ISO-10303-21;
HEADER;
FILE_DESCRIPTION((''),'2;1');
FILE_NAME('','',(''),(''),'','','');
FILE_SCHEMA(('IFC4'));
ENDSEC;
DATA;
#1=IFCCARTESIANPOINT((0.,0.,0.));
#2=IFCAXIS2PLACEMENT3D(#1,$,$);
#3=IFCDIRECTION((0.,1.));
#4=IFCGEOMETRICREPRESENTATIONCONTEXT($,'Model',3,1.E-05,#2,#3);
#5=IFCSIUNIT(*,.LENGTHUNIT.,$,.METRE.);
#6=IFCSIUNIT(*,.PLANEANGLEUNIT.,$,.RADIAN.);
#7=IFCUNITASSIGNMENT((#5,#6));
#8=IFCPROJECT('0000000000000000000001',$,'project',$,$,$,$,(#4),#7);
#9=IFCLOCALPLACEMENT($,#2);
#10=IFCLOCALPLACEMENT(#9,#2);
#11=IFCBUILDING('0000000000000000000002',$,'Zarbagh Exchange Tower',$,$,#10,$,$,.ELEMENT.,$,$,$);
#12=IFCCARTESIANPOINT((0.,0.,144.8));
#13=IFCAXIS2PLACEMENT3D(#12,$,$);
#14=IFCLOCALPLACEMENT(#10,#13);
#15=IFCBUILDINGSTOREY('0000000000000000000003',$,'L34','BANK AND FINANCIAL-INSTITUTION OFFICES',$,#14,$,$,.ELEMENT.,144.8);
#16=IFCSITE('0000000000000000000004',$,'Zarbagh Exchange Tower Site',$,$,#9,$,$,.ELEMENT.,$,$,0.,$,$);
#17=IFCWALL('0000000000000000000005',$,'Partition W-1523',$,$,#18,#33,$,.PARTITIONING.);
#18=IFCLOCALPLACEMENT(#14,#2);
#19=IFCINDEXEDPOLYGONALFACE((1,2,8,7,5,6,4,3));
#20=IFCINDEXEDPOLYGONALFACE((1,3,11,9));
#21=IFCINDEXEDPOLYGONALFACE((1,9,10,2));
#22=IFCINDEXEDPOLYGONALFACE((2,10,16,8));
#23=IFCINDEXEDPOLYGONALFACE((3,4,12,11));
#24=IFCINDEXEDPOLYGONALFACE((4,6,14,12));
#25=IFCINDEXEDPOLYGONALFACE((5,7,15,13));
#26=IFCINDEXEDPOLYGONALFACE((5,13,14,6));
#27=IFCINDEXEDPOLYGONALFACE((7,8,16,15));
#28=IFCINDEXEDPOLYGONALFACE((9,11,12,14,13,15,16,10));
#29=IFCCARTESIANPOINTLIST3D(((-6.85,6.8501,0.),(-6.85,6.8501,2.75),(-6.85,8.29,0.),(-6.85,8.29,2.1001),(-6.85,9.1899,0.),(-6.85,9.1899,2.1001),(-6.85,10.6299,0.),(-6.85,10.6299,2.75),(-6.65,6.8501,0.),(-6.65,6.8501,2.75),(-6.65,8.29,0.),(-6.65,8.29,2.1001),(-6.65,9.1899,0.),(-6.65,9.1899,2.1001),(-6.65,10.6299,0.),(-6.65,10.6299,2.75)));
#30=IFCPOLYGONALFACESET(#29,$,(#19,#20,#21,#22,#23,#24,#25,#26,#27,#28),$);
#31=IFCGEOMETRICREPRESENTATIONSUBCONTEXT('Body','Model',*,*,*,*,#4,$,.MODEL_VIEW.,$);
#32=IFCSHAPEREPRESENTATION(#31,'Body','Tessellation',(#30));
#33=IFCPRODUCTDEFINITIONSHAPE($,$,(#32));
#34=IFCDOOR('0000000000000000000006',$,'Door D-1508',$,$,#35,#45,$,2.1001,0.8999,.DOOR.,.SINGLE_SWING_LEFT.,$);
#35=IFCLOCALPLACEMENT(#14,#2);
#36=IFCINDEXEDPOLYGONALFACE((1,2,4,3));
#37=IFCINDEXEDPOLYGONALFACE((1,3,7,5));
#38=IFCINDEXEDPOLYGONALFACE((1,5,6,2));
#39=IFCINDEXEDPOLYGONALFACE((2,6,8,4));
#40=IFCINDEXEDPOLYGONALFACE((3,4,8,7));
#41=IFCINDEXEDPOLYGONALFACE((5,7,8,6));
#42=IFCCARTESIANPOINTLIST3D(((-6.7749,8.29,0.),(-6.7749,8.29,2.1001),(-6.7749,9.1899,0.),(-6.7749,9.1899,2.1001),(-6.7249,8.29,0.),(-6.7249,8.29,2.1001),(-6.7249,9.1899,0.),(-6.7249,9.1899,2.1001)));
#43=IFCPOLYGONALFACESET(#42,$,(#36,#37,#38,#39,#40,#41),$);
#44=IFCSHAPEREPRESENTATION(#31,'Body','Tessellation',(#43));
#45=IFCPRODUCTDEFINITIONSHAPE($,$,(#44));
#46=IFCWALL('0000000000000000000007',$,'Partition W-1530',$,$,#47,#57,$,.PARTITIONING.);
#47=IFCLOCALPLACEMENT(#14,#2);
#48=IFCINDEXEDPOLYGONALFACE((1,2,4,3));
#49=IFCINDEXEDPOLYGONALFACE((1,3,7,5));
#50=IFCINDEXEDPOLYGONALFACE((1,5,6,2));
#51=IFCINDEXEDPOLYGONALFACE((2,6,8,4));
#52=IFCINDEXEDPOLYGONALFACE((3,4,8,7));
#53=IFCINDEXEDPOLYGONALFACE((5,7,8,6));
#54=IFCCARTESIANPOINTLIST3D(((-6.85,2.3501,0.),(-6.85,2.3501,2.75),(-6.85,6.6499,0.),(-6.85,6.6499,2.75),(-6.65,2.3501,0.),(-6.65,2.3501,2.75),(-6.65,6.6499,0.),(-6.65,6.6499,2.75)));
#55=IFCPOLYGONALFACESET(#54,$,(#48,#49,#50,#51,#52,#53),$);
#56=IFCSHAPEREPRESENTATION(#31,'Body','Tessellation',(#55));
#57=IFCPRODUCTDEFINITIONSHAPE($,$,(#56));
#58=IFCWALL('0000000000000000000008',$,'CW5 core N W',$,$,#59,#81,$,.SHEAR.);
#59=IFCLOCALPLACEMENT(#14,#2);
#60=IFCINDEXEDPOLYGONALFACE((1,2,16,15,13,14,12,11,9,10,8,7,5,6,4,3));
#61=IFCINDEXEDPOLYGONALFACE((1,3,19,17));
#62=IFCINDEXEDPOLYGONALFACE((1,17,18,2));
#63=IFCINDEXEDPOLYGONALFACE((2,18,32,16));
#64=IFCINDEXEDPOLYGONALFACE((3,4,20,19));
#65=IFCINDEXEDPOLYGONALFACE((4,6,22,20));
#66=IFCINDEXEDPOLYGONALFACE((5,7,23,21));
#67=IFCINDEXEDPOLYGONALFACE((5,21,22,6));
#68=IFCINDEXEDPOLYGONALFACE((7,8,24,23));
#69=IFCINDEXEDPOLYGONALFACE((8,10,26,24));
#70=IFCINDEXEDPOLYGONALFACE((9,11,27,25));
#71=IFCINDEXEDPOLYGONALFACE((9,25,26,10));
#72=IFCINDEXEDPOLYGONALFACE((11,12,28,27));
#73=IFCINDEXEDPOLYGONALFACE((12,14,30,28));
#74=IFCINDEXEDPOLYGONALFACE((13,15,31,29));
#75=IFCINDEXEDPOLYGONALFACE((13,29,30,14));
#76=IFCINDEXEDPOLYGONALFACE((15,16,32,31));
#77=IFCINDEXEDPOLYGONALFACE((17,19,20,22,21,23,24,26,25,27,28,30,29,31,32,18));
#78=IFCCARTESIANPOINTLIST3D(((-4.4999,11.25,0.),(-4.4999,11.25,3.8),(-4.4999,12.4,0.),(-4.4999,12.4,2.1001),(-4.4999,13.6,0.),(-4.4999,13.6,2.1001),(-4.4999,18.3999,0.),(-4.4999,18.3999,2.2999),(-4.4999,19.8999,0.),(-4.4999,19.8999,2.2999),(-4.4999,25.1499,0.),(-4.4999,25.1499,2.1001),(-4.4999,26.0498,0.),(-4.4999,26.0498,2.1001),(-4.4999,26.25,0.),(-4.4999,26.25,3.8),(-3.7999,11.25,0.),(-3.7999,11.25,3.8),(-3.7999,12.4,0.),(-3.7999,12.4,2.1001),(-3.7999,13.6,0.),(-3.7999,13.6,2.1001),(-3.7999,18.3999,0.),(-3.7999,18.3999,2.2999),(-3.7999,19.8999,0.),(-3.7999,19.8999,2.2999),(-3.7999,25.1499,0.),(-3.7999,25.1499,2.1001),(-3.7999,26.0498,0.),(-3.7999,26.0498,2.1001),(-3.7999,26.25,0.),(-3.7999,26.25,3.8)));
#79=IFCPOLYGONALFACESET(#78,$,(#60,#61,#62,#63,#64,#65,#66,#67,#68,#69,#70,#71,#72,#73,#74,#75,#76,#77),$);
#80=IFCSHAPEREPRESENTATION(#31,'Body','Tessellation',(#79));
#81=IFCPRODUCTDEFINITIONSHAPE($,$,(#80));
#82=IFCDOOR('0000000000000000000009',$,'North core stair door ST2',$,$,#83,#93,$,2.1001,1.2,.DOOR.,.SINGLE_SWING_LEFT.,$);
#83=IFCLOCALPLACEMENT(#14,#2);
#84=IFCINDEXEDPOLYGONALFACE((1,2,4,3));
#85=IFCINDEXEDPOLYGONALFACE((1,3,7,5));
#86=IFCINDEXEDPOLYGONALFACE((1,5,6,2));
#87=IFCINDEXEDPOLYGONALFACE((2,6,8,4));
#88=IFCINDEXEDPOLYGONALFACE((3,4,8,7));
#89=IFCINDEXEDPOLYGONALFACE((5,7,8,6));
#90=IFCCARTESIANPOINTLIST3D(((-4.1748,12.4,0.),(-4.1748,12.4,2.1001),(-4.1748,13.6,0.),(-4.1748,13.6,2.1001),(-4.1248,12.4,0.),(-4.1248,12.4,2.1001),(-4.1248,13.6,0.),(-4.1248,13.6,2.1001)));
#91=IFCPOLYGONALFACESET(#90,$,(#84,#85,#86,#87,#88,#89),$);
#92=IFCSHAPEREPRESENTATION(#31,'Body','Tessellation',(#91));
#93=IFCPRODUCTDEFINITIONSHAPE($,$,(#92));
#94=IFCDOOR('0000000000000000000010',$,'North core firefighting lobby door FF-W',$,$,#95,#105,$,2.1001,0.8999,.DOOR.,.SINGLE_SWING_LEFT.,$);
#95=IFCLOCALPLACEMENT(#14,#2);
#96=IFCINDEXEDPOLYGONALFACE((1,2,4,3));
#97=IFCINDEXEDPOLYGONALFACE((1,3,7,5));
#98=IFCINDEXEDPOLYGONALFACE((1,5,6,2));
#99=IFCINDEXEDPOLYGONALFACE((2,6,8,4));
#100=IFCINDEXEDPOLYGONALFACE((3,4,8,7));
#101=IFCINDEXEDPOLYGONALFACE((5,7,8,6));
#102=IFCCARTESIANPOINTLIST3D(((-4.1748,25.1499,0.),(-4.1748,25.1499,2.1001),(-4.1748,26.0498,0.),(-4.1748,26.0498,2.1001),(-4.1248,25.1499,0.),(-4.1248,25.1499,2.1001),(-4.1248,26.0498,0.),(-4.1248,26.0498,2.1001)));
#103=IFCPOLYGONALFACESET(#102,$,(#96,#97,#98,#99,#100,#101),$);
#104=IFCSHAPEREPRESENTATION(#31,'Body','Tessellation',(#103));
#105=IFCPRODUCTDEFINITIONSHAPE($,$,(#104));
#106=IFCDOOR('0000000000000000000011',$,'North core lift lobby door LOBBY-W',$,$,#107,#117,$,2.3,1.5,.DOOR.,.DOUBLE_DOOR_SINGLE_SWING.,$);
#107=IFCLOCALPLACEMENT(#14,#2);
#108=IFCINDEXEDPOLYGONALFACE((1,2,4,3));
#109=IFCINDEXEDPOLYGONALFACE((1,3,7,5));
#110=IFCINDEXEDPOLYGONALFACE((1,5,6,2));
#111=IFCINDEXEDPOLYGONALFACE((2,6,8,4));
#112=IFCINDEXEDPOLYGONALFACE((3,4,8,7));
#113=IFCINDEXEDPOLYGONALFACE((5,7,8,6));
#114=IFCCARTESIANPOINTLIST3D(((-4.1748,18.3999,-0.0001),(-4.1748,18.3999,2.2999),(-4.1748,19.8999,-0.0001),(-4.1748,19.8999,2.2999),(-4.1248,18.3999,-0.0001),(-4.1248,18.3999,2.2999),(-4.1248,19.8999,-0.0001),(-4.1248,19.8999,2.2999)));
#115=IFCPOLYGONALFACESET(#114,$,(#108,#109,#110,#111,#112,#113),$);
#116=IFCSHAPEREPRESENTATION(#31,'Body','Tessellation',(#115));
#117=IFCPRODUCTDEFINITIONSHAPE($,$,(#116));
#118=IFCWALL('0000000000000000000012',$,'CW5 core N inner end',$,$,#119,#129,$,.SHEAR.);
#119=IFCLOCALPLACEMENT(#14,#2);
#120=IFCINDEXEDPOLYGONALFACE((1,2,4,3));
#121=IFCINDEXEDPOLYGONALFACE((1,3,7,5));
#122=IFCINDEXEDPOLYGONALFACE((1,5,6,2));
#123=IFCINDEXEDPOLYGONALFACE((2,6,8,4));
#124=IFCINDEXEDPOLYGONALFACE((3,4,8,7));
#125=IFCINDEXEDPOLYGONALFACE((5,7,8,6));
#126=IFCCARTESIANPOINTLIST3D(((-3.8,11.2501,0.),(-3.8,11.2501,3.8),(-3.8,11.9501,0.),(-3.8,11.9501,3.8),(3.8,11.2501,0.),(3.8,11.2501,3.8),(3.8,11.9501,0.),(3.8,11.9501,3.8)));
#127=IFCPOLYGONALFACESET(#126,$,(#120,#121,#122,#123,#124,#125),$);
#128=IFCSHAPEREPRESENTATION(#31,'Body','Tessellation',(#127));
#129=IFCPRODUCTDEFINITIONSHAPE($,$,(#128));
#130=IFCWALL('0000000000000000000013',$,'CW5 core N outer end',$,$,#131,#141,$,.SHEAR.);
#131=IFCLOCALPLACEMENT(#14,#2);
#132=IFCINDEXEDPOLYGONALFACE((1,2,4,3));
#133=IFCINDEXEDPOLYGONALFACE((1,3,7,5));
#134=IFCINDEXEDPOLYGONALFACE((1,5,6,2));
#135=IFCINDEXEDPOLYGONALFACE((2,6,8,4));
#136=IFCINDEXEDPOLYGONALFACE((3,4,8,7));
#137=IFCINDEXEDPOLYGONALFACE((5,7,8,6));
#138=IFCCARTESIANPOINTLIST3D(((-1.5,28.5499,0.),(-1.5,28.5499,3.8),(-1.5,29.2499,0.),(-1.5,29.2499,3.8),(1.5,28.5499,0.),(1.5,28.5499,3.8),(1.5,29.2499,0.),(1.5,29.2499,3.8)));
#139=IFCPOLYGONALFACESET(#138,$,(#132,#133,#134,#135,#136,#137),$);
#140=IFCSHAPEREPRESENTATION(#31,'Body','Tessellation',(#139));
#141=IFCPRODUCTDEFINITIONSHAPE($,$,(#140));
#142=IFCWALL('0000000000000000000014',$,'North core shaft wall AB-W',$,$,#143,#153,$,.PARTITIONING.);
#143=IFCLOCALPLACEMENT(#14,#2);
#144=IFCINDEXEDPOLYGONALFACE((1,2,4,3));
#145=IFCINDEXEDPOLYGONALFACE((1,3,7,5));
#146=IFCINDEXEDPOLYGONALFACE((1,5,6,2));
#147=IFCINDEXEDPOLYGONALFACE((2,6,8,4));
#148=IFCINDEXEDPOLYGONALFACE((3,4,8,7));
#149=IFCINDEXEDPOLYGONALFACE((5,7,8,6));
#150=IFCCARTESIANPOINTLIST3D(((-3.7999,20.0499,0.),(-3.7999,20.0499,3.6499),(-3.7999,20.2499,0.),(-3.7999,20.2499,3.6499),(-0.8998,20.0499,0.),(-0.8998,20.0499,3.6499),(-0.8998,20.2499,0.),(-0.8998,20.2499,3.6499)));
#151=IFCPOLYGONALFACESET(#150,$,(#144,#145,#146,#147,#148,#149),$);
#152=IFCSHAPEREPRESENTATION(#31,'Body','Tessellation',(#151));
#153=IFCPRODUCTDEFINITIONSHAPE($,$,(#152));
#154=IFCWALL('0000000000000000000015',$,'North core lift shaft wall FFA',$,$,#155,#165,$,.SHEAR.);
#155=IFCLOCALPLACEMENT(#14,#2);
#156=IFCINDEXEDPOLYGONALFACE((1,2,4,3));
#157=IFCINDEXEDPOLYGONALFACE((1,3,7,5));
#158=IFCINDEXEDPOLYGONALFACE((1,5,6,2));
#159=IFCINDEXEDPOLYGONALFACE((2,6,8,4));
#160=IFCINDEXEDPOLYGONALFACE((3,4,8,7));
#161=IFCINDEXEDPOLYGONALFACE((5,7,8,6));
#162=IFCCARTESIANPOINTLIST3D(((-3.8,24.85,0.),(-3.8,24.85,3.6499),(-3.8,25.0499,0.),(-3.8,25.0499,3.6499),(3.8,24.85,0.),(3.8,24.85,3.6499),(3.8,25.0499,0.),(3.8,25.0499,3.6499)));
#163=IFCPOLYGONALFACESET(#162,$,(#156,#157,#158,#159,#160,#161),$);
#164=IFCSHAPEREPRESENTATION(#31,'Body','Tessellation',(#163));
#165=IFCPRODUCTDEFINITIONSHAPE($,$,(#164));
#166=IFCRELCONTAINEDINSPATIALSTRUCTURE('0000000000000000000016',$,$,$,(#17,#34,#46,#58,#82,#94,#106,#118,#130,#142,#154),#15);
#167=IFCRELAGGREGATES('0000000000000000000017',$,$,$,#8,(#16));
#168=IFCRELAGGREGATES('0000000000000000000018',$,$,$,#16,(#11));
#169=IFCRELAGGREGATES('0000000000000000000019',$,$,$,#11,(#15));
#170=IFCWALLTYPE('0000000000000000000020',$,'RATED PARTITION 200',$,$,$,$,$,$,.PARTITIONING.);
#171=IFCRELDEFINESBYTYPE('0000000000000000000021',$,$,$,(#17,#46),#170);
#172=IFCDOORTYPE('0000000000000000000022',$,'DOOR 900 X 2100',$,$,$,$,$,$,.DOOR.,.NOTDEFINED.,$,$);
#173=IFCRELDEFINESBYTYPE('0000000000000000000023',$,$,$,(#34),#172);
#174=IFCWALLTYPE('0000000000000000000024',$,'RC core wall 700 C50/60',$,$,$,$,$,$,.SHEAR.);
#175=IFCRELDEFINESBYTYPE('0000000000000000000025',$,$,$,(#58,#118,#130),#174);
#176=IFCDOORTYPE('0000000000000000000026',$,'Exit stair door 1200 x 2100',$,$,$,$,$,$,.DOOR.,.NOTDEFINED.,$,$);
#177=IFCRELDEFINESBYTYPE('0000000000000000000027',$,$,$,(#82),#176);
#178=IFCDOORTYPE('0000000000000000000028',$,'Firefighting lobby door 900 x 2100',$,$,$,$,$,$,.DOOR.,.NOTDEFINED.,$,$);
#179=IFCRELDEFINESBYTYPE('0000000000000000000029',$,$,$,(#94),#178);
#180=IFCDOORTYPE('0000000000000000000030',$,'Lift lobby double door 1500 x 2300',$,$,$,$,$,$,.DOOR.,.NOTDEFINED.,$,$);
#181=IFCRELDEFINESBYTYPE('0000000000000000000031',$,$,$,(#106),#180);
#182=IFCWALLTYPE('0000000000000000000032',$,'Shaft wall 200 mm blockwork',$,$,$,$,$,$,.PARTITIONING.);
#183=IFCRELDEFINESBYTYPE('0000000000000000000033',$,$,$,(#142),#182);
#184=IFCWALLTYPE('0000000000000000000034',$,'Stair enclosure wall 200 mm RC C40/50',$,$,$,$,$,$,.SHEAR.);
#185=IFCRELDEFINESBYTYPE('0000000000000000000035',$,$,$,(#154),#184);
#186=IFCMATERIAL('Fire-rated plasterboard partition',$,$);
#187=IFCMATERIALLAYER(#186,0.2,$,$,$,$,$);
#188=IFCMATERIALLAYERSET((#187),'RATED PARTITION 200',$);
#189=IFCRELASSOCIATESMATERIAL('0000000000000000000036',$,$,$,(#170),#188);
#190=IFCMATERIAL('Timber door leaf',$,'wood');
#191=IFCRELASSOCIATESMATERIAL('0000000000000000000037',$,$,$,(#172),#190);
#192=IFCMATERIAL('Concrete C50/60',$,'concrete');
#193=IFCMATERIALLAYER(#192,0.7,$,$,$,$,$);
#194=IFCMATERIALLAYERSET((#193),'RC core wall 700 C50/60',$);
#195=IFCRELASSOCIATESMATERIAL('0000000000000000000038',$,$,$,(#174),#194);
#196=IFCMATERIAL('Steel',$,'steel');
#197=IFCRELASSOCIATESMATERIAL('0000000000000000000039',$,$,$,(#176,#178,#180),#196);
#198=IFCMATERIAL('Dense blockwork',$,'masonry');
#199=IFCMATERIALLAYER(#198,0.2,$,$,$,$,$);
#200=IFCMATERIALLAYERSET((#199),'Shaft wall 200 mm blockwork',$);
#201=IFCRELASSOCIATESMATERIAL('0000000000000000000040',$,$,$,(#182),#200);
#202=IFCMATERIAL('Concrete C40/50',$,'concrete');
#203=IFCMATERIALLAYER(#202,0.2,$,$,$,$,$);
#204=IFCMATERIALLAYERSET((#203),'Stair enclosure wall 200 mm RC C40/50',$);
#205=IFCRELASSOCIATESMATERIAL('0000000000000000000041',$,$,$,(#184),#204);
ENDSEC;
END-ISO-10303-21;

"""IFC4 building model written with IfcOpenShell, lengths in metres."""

from ifc_helpers import new_model, si_unit, direction, frame, frame_2d, origin, place, context, subcontext, project, spatial, rectangle, extrude, material, layer, layer_set, type_object, element, fill, save


model = new_model("IFC4")

# Units and contexts
model_context = context("Model", 3, precision=1e-05, world=origin(), true_north=direction((0.0, 1.0)))
body_context = subcontext(model_context, "Body", "Model", "MODEL_VIEW")
ifc_project = project(units=[si_unit("LENGTHUNIT", "METRE"), si_unit("PLANEANGLEUNIT", "RADIAN")], contexts=[model_context])

# Site, building, storey
site_placement = place(None, origin())
site = spatial("IfcSite", under=ifc_project, at=site_placement, Name="Zarbagh Exchange Tower Site", CompositionType="ELEMENT", RefElevation=0.0)
building_placement = place(site_placement, origin())
building = spatial("IfcBuilding", under=site, at=building_placement, Name="Zarbagh Exchange Tower", CompositionType="ELEMENT")
storey_placement = place(building_placement, frame((0.0, 0.0, 144.8)))
storey = spatial("IfcBuildingStorey", under=building, at=storey_placement, Name="L34", Description="BANK AND FINANCIAL-INSTITUTION OFFICES", CompositionType="ELEMENT", Elevation=144.8)

# Shared definitions
ifc_material_1 = material(Name="Concrete C50/60", Category="concrete")

# Shared definitions
ifc_material_2 = material(Name="Fire-rated plasterboard partition")
ifc_layer_1 = layer(ifc_material_2, 0.2)
ifc_layer_set_1 = layer_set([ifc_layer_1], Name="RATED PARTITION 200")
wall_type_1 = type_object("IfcWallType", Name="RATED PARTITION 200", PredefinedType="PARTITIONING", material=ifc_layer_set_1)

# Wall, opening, door
wall_1_placement = place(storey_placement, frame((-6.75, 6.8501, 0.0), z_axis=(0.0, 0.0, 1.0), x_axis=(0.0, 1.0, 0.0)))
wall_1 = element("IfcWall", 1, at=wall_1_placement, inside=storey, type_object=wall_type_1, Name="Partition W-1523", PredefinedType="PARTITIONING", context=body_context, shape_type="SweptSolid", body=[
    extrude(rectangle(XDim=3.7798, YDim=0.2, at=frame_2d((1.8899, 0.0))), origin(), (0.0, 0.0, 1.0), 2.75),
])
opening_1_placement = place(wall_1_placement, frame((1.4399, 0.0, 0.0)))
opening_1 = element("IfcOpeningElement", 2, at=opening_1_placement, cuts=wall_1, PredefinedType="OPENING", context=body_context, shape_type="SweptSolid", body=[
    extrude(rectangle(XDim=0.8999, YDim=2.1001, at=frame_2d((0.45, 1.05))), frame((0.0, 0.1099, 0.0), z_axis=(0.0, -1.0, 0.0), x_axis=(1.0, 0.0, 0.0)), (0.0, 0.0, 1.0), 0.22),
])
ifc_material_3 = material(Name="Timber door leaf", Category="wood")
door_type_1 = type_object("IfcDoorType", Name="DOOR 900 X 2100", OperationType="NOTDEFINED", PredefinedType="DOOR", material=ifc_material_3)
door_1_placement = place(opening_1_placement, origin())
door_1 = element("IfcDoor", 3, at=door_1_placement, inside=storey, type_object=door_type_1, Name="Door D-1508", OperationType="SINGLE_SWING_LEFT", OverallHeight=2.1001, OverallWidth=0.8999, PredefinedType="DOOR", context=body_context, shape_type="SweptSolid", body=[
    extrude(rectangle(XDim=0.8999, YDim=2.1001, at=frame_2d((0.45, 1.05))), frame((0.0, 0.0249, 0.0), z_axis=(0.0, -1.0, 0.0), x_axis=(1.0, 0.0, 0.0)), (0.0, 0.0, 1.0), 0.05),
])
fill(opening_1, door_1)

# Wall
wall_2_placement = place(storey_placement, frame((-6.75, 2.3501, 0.0), z_axis=(0.0, 0.0, 1.0), x_axis=(0.0, 1.0, 0.0)))
element("IfcWall", 4, at=wall_2_placement, inside=storey, type_object=wall_type_1, Name="Partition W-1530", PredefinedType="PARTITIONING", context=body_context, shape_type="SweptSolid", body=[
    extrude(rectangle(XDim=4.2998, YDim=0.2, at=frame_2d((2.1499, 0.0))), origin(), (0.0, 0.0, 1.0), 2.75),
])

# Wall, openings, doors
ifc_layer_2 = layer(ifc_material_1, 0.7)
ifc_layer_set_2 = layer_set([ifc_layer_2], Name="RC core wall 700 C50/60")
wall_type_2 = type_object("IfcWallType", Name="RC core wall 700 C50/60", PredefinedType="SHEAR", material=ifc_layer_set_2)
wall_3_placement = place(storey_placement, frame((-4.1499, 11.25, 0.0), z_axis=(0.0, 0.0, 1.0), x_axis=(0.0, 1.0, 0.0)))
wall_3 = element("IfcWall", 5, at=wall_3_placement, inside=storey, type_object=wall_type_2, Name="CW5 core N W", PredefinedType="SHEAR", context=body_context, shape_type="SweptSolid", body=[
    extrude(rectangle(XDim=15.0, YDim=0.7, at=frame_2d((7.5, 0.0))), origin(), (0.0, 0.0, 1.0), 3.8),
])
opening_2_placement = place(wall_3_placement, frame((7.1499, 0.0, 0.0)))
opening_2 = element("IfcOpeningElement", 6, at=opening_2_placement, cuts=wall_3, PredefinedType="OPENING", context=body_context, shape_type="SweptSolid", body=[
    extrude(rectangle(XDim=1.5, YDim=2.3, at=frame_2d((0.75, 1.1499))), frame((0.0, 0.3599, 0.0), z_axis=(0.0, -1.0, 0.0), x_axis=(1.0, 0.0, 0.0)), (0.0, 0.0, 1.0), 0.72),
])
opening_3_placement = place(wall_3_placement, frame((13.8999, 0.0, 0.0)))
opening_3 = element("IfcOpeningElement", 7, at=opening_3_placement, cuts=wall_3, PredefinedType="OPENING", context=body_context, shape_type="SweptSolid", body=[
    extrude(rectangle(XDim=0.8999, YDim=2.1001, at=frame_2d((0.45, 1.05))), frame((0.0, 0.3599, 0.0), z_axis=(0.0, -1.0, 0.0), x_axis=(1.0, 0.0, 0.0)), (0.0, 0.0, 1.0), 0.72),
])
opening_4_placement = place(wall_3_placement, frame((1.1499, 0.0, 0.0)))
opening_4 = element("IfcOpeningElement", 8, at=opening_4_placement, cuts=wall_3, PredefinedType="OPENING", context=body_context, shape_type="SweptSolid", body=[
    extrude(rectangle(XDim=1.2, YDim=2.1001, at=frame_2d((0.6001, 1.05))), frame((0.0, 0.3599, 0.0), z_axis=(0.0, -1.0, 0.0), x_axis=(1.0, 0.0, 0.0)), (0.0, 0.0, 1.0), 0.72),
])
ifc_material_4 = material(Name="Steel", Category="steel")
door_type_2 = type_object("IfcDoorType", Name="Exit stair door 1200 x 2100", OperationType="NOTDEFINED", PredefinedType="DOOR", material=ifc_material_4)
door_2_placement = place(opening_4_placement, origin())
door_2 = element("IfcDoor", 9, at=door_2_placement, inside=storey, type_object=door_type_2, Name="North core stair door ST2", OperationType="SINGLE_SWING_LEFT", OverallHeight=2.1001, OverallWidth=1.2, PredefinedType="DOOR", context=body_context, shape_type="SweptSolid", body=[
    extrude(rectangle(XDim=1.2, YDim=2.1001, at=frame_2d((0.6001, 1.05))), frame((0.0, 0.0249, 0.0), z_axis=(0.0, -1.0, 0.0), x_axis=(1.0, 0.0, 0.0)), (0.0, 0.0, 1.0), 0.05),
])
fill(opening_4, door_2)
door_type_3 = type_object("IfcDoorType", Name="Firefighting lobby door 900 x 2100", OperationType="NOTDEFINED", PredefinedType="DOOR", material=ifc_material_4)
door_3_placement = place(opening_3_placement, origin())
door_3 = element("IfcDoor", 10, at=door_3_placement, inside=storey, type_object=door_type_3, Name="North core firefighting lobby door FF-W", OperationType="SINGLE_SWING_LEFT", OverallHeight=2.1001, OverallWidth=0.8999, PredefinedType="DOOR", context=body_context, shape_type="SweptSolid", body=[
    extrude(rectangle(XDim=0.8999, YDim=2.1001, at=frame_2d((0.45, 1.05))), frame((0.0, 0.0249, 0.0), z_axis=(0.0, -1.0, 0.0), x_axis=(1.0, 0.0, 0.0)), (0.0, 0.0, 1.0), 0.05),
])
fill(opening_3, door_3)
door_type_4 = type_object("IfcDoorType", Name="Lift lobby double door 1500 x 2300", OperationType="NOTDEFINED", PredefinedType="DOOR", material=ifc_material_4)
door_4_placement = place(opening_2_placement, origin())
door_4 = element("IfcDoor", 11, at=door_4_placement, inside=storey, type_object=door_type_4, Name="North core lift lobby door LOBBY-W", OperationType="DOUBLE_DOOR_SINGLE_SWING", OverallHeight=2.3, OverallWidth=1.5, PredefinedType="DOOR", context=body_context, shape_type="SweptSolid", body=[
    extrude(rectangle(XDim=1.5, YDim=2.3, at=frame_2d((0.75, 1.1499))), frame((0.0, 0.0249, 0.0), z_axis=(0.0, -1.0, 0.0), x_axis=(1.0, 0.0, 0.0)), (0.0, 0.0, 1.0), 0.05),
])
fill(opening_2, door_4)

# Walls
wall_4_placement = place(storey_placement, frame((-3.8, 11.6001, 0.0), z_axis=(0.0, 0.0, 1.0), x_axis=(1.0, 0.0, 0.0)))
element("IfcWall", 12, at=wall_4_placement, inside=storey, type_object=wall_type_2, Name="CW5 core N inner end", PredefinedType="SHEAR", context=body_context, shape_type="SweptSolid", body=[
    extrude(rectangle(XDim=7.6001, YDim=0.7, at=frame_2d((3.8, 0.0))), origin(), (0.0, 0.0, 1.0), 3.8),
])
wall_5_placement = place(storey_placement, frame((-1.5, 28.8999, 0.0), z_axis=(0.0, 0.0, 1.0), x_axis=(1.0, 0.0, 0.0)))
element("IfcWall", 13, at=wall_5_placement, inside=storey, type_object=wall_type_2, Name="CW5 core N outer end", PredefinedType="SHEAR", context=body_context, shape_type="SweptSolid", body=[
    extrude(rectangle(XDim=3.0, YDim=0.7, at=frame_2d((1.5, 0.0))), origin(), (0.0, 0.0, 1.0), 3.8),
])
ifc_material_5 = material(Name="Dense blockwork", Category="masonry")
ifc_layer_3 = layer(ifc_material_5, 0.2)
ifc_layer_set_3 = layer_set([ifc_layer_3], Name="Shaft wall 200 mm blockwork")
wall_type_3 = type_object("IfcWallType", Name="Shaft wall 200 mm blockwork", PredefinedType="PARTITIONING", material=ifc_layer_set_3)
wall_6_placement = place(storey_placement, frame((-3.8, 20.1499, 0.0), z_axis=(0.0, 0.0, 1.0), x_axis=(1.0, 0.0, 0.0)))
element("IfcWall", 14, at=wall_6_placement, inside=storey, type_object=wall_type_3, Name="North core shaft wall AB-W", PredefinedType="PARTITIONING", context=body_context, shape_type="SweptSolid", body=[
    extrude(rectangle(XDim=2.9001, YDim=0.2, at=frame_2d((1.4502, 0.0))), origin(), (0.0, 0.0, 1.0), 3.6499),
])
ifc_material_6 = material(Name="Concrete C40/50", Category="concrete")
ifc_layer_4 = layer(ifc_material_6, 0.2)
ifc_layer_set_4 = layer_set([ifc_layer_4], Name="Stair enclosure wall 200 mm RC C40/50")
wall_type_4 = type_object("IfcWallType", Name="Stair enclosure wall 200 mm RC C40/50", PredefinedType="SHEAR", material=ifc_layer_set_4)
for number, where, z_axis, x_axis, name in (
    (15, (-3.8, 24.95, 0.0), (0.0, 0.0, 1.0), (1.0, 0.0, 0.0), "North core lift shaft wall FFA"),
):
    element("IfcWall", number, at=place(storey_placement, frame(where, z_axis=z_axis, x_axis=x_axis)), inside=storey, type_object=wall_type_4, Name=name, PredefinedType="SHEAR", context=body_context, shape_type="SweptSolid", body=[
        extrude(rectangle(XDim=7.6001, YDim=0.2, at=frame_2d((3.8, 0.0))), origin(), (0.0, 0.0, 1.0), 3.6499),
    ])

save(model, "model.ifc")
